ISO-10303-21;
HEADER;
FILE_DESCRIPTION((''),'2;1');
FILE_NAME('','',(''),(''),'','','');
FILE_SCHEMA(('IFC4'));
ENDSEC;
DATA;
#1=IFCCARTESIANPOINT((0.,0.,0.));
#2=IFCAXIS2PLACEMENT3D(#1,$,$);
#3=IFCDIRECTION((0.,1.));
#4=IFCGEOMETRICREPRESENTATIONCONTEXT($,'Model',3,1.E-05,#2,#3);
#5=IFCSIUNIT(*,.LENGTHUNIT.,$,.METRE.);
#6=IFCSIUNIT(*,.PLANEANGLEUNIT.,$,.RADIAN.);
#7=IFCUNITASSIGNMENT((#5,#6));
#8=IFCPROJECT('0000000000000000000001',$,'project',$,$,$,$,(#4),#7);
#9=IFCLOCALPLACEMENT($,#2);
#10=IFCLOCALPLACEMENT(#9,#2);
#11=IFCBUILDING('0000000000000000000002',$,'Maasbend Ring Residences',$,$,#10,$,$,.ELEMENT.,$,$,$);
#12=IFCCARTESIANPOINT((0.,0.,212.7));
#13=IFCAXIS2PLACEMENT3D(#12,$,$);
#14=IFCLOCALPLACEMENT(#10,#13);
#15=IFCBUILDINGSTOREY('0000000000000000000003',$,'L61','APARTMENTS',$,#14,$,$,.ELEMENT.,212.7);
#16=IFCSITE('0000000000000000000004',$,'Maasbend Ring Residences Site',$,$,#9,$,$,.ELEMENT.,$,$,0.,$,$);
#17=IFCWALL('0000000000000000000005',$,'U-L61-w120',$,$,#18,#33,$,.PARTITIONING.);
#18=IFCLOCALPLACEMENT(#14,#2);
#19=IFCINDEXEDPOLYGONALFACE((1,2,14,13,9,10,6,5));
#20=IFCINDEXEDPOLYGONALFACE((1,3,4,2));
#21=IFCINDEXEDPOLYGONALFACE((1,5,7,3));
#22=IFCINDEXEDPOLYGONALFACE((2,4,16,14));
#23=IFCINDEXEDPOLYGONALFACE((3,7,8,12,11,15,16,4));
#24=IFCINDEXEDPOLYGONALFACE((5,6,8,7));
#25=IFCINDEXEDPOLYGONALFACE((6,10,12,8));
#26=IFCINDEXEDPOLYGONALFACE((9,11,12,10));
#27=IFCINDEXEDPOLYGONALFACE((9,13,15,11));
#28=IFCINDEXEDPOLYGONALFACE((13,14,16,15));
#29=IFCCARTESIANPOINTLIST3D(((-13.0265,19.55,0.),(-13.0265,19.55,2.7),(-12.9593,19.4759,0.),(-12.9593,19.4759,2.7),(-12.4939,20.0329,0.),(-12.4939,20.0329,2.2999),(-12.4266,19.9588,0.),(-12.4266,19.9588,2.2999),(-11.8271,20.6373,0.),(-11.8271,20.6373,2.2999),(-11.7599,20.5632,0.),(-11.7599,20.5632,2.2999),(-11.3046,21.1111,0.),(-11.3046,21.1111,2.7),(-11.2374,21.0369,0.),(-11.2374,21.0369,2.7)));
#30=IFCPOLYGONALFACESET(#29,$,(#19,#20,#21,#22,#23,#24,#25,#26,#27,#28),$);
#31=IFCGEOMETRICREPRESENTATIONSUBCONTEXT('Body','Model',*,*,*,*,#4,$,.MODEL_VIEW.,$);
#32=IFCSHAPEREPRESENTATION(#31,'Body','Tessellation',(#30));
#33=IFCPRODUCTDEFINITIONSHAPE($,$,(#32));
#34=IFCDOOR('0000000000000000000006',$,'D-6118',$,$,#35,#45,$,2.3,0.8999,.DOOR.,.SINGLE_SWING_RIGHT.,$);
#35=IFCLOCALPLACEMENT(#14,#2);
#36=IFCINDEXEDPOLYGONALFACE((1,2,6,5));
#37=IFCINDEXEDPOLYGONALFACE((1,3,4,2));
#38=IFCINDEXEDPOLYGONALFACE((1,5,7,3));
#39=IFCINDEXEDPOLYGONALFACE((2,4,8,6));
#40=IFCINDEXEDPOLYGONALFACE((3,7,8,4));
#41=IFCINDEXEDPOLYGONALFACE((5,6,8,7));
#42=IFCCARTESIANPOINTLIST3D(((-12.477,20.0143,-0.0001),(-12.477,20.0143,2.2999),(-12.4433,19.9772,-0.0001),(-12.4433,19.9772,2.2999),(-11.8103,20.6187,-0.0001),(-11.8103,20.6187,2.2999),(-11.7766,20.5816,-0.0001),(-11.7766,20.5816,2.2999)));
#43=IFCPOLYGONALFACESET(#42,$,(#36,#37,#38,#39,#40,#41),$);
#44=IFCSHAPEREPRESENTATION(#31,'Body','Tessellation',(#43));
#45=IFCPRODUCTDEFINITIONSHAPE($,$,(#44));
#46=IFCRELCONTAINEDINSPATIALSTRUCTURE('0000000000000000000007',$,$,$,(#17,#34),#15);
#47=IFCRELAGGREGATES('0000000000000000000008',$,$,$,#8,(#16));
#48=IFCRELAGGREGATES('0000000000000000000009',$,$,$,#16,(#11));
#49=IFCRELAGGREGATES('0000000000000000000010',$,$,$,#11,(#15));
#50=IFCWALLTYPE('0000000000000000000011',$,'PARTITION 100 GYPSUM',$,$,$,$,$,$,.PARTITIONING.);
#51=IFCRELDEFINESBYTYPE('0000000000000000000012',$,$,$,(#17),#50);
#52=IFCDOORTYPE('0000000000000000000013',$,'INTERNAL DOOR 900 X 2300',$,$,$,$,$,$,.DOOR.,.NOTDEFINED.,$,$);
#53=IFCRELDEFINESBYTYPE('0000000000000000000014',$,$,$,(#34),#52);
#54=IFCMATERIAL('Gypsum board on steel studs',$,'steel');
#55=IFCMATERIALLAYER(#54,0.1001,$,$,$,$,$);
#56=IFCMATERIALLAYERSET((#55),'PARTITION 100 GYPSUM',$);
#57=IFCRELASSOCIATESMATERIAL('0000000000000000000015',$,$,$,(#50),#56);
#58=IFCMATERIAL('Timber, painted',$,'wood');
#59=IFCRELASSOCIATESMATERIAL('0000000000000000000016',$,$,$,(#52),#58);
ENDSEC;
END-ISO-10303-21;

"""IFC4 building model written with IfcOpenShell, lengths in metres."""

from ifc_helpers import new_model, si_unit, direction, frame, frame_2d, origin, place, context, subcontext, project, spatial, rectangle, extrude, material, layer, layer_set, type_object, element, fill, save


model = new_model("IFC4")

# Units and contexts
model_context = context("Model", 3, precision=1e-05, world=origin(), true_north=direction((0.0, 1.0)))
body_context = subcontext(model_context, "Body", "Model", "MODEL_VIEW")
ifc_project = project(units=[si_unit("LENGTHUNIT", "METRE"), si_unit("PLANEANGLEUNIT", "RADIAN")], contexts=[model_context])

# Site, building, storey
site_placement = place(None, origin())
site = spatial("IfcSite", under=ifc_project, at=site_placement, Name="Maasbend Ring Residences Site", CompositionType="ELEMENT", RefElevation=0.0)
building_placement = place(site_placement, origin())
building = spatial("IfcBuilding", under=site, at=building_placement, Name="Maasbend Ring Residences", CompositionType="ELEMENT")
storey_placement = place(building_placement, frame((0.0, 0.0, 212.7)))
storey = spatial("IfcBuildingStorey", under=building, at=storey_placement, Name="L61", Description="APARTMENTS", CompositionType="ELEMENT", Elevation=212.7)

# Shared definitions
ifc_material_1 = material(Name="Gypsum board on steel studs", Category="steel")
ifc_layer_1 = layer(ifc_material_1, 0.1001)
ifc_layer_set_1 = layer_set([ifc_layer_1], Name="PARTITION 100 GYPSUM")
wall_type_1 = type_object("IfcWallType", Name="PARTITION 100 GYPSUM", PredefinedType="PARTITIONING", material=ifc_layer_set_1)
ifc_material_2 = material(Name="Timber, painted", Category="wood")
door_type_1 = type_object("IfcDoorType", Name="INTERNAL DOOR 900 X 2300", OperationType="NOTDEFINED", PredefinedType="DOOR", material=ifc_material_2)

# Wall, opening, door
wall_1_placement = place(storey_placement, frame((-12.9929, 19.5129, 0.0), z_axis=(0.0, 0.0, 1.0), x_axis=(0.740871, 0.671647, 0.0)))
wall_1 = element("IfcWall", 1, at=wall_1_placement, inside=storey, type_object=wall_type_1, Name="U-L61-w120", PredefinedType="PARTITIONING", context=body_context, shape_type="SweptSolid", body=[
    extrude(rectangle(XDim=2.3242, YDim=0.1001, at=frame_2d((1.1621, 0.0))), origin(), (0.0, 0.0, 1.0), 2.7),
])
opening_1_placement = place(wall_1_placement, frame((0.719, 0.0, 0.0)))
opening_1 = element("IfcOpeningElement", 2, at=opening_1_placement, cuts=wall_1, PredefinedType="OPENING", context=body_context, shape_type="SweptSolid", body=[
    extrude(rectangle(XDim=0.8999, YDim=2.3, at=frame_2d((0.45, 1.1499))), frame((0.0, 0.0601, 0.0), z_axis=(0.0, -1.0, 0.0), x_axis=(1.0, 0.0, 0.0)), (0.0, 0.0, 1.0), 0.1201),
])
door_1_placement = place(opening_1_placement, origin())
door_1 = element("IfcDoor", 3, at=door_1_placement, inside=storey, type_object=door_type_1, Name="D-6118", OperationType="SINGLE_SWING_RIGHT", OverallHeight=2.3, OverallWidth=0.8999, PredefinedType="DOOR", context=body_context, shape_type="SweptSolid", body=[
    extrude(rectangle(XDim=0.8999, YDim=2.3, at=frame_2d((0.45, 1.1499))), frame((0.0, 0.0249, 0.0), z_axis=(0.0, -1.0, 0.0), x_axis=(1.0, 0.0, 0.0)), (0.0, 0.0, 1.0), 0.05),
])
fill(opening_1, door_1)

save(model, "model.ifc")
